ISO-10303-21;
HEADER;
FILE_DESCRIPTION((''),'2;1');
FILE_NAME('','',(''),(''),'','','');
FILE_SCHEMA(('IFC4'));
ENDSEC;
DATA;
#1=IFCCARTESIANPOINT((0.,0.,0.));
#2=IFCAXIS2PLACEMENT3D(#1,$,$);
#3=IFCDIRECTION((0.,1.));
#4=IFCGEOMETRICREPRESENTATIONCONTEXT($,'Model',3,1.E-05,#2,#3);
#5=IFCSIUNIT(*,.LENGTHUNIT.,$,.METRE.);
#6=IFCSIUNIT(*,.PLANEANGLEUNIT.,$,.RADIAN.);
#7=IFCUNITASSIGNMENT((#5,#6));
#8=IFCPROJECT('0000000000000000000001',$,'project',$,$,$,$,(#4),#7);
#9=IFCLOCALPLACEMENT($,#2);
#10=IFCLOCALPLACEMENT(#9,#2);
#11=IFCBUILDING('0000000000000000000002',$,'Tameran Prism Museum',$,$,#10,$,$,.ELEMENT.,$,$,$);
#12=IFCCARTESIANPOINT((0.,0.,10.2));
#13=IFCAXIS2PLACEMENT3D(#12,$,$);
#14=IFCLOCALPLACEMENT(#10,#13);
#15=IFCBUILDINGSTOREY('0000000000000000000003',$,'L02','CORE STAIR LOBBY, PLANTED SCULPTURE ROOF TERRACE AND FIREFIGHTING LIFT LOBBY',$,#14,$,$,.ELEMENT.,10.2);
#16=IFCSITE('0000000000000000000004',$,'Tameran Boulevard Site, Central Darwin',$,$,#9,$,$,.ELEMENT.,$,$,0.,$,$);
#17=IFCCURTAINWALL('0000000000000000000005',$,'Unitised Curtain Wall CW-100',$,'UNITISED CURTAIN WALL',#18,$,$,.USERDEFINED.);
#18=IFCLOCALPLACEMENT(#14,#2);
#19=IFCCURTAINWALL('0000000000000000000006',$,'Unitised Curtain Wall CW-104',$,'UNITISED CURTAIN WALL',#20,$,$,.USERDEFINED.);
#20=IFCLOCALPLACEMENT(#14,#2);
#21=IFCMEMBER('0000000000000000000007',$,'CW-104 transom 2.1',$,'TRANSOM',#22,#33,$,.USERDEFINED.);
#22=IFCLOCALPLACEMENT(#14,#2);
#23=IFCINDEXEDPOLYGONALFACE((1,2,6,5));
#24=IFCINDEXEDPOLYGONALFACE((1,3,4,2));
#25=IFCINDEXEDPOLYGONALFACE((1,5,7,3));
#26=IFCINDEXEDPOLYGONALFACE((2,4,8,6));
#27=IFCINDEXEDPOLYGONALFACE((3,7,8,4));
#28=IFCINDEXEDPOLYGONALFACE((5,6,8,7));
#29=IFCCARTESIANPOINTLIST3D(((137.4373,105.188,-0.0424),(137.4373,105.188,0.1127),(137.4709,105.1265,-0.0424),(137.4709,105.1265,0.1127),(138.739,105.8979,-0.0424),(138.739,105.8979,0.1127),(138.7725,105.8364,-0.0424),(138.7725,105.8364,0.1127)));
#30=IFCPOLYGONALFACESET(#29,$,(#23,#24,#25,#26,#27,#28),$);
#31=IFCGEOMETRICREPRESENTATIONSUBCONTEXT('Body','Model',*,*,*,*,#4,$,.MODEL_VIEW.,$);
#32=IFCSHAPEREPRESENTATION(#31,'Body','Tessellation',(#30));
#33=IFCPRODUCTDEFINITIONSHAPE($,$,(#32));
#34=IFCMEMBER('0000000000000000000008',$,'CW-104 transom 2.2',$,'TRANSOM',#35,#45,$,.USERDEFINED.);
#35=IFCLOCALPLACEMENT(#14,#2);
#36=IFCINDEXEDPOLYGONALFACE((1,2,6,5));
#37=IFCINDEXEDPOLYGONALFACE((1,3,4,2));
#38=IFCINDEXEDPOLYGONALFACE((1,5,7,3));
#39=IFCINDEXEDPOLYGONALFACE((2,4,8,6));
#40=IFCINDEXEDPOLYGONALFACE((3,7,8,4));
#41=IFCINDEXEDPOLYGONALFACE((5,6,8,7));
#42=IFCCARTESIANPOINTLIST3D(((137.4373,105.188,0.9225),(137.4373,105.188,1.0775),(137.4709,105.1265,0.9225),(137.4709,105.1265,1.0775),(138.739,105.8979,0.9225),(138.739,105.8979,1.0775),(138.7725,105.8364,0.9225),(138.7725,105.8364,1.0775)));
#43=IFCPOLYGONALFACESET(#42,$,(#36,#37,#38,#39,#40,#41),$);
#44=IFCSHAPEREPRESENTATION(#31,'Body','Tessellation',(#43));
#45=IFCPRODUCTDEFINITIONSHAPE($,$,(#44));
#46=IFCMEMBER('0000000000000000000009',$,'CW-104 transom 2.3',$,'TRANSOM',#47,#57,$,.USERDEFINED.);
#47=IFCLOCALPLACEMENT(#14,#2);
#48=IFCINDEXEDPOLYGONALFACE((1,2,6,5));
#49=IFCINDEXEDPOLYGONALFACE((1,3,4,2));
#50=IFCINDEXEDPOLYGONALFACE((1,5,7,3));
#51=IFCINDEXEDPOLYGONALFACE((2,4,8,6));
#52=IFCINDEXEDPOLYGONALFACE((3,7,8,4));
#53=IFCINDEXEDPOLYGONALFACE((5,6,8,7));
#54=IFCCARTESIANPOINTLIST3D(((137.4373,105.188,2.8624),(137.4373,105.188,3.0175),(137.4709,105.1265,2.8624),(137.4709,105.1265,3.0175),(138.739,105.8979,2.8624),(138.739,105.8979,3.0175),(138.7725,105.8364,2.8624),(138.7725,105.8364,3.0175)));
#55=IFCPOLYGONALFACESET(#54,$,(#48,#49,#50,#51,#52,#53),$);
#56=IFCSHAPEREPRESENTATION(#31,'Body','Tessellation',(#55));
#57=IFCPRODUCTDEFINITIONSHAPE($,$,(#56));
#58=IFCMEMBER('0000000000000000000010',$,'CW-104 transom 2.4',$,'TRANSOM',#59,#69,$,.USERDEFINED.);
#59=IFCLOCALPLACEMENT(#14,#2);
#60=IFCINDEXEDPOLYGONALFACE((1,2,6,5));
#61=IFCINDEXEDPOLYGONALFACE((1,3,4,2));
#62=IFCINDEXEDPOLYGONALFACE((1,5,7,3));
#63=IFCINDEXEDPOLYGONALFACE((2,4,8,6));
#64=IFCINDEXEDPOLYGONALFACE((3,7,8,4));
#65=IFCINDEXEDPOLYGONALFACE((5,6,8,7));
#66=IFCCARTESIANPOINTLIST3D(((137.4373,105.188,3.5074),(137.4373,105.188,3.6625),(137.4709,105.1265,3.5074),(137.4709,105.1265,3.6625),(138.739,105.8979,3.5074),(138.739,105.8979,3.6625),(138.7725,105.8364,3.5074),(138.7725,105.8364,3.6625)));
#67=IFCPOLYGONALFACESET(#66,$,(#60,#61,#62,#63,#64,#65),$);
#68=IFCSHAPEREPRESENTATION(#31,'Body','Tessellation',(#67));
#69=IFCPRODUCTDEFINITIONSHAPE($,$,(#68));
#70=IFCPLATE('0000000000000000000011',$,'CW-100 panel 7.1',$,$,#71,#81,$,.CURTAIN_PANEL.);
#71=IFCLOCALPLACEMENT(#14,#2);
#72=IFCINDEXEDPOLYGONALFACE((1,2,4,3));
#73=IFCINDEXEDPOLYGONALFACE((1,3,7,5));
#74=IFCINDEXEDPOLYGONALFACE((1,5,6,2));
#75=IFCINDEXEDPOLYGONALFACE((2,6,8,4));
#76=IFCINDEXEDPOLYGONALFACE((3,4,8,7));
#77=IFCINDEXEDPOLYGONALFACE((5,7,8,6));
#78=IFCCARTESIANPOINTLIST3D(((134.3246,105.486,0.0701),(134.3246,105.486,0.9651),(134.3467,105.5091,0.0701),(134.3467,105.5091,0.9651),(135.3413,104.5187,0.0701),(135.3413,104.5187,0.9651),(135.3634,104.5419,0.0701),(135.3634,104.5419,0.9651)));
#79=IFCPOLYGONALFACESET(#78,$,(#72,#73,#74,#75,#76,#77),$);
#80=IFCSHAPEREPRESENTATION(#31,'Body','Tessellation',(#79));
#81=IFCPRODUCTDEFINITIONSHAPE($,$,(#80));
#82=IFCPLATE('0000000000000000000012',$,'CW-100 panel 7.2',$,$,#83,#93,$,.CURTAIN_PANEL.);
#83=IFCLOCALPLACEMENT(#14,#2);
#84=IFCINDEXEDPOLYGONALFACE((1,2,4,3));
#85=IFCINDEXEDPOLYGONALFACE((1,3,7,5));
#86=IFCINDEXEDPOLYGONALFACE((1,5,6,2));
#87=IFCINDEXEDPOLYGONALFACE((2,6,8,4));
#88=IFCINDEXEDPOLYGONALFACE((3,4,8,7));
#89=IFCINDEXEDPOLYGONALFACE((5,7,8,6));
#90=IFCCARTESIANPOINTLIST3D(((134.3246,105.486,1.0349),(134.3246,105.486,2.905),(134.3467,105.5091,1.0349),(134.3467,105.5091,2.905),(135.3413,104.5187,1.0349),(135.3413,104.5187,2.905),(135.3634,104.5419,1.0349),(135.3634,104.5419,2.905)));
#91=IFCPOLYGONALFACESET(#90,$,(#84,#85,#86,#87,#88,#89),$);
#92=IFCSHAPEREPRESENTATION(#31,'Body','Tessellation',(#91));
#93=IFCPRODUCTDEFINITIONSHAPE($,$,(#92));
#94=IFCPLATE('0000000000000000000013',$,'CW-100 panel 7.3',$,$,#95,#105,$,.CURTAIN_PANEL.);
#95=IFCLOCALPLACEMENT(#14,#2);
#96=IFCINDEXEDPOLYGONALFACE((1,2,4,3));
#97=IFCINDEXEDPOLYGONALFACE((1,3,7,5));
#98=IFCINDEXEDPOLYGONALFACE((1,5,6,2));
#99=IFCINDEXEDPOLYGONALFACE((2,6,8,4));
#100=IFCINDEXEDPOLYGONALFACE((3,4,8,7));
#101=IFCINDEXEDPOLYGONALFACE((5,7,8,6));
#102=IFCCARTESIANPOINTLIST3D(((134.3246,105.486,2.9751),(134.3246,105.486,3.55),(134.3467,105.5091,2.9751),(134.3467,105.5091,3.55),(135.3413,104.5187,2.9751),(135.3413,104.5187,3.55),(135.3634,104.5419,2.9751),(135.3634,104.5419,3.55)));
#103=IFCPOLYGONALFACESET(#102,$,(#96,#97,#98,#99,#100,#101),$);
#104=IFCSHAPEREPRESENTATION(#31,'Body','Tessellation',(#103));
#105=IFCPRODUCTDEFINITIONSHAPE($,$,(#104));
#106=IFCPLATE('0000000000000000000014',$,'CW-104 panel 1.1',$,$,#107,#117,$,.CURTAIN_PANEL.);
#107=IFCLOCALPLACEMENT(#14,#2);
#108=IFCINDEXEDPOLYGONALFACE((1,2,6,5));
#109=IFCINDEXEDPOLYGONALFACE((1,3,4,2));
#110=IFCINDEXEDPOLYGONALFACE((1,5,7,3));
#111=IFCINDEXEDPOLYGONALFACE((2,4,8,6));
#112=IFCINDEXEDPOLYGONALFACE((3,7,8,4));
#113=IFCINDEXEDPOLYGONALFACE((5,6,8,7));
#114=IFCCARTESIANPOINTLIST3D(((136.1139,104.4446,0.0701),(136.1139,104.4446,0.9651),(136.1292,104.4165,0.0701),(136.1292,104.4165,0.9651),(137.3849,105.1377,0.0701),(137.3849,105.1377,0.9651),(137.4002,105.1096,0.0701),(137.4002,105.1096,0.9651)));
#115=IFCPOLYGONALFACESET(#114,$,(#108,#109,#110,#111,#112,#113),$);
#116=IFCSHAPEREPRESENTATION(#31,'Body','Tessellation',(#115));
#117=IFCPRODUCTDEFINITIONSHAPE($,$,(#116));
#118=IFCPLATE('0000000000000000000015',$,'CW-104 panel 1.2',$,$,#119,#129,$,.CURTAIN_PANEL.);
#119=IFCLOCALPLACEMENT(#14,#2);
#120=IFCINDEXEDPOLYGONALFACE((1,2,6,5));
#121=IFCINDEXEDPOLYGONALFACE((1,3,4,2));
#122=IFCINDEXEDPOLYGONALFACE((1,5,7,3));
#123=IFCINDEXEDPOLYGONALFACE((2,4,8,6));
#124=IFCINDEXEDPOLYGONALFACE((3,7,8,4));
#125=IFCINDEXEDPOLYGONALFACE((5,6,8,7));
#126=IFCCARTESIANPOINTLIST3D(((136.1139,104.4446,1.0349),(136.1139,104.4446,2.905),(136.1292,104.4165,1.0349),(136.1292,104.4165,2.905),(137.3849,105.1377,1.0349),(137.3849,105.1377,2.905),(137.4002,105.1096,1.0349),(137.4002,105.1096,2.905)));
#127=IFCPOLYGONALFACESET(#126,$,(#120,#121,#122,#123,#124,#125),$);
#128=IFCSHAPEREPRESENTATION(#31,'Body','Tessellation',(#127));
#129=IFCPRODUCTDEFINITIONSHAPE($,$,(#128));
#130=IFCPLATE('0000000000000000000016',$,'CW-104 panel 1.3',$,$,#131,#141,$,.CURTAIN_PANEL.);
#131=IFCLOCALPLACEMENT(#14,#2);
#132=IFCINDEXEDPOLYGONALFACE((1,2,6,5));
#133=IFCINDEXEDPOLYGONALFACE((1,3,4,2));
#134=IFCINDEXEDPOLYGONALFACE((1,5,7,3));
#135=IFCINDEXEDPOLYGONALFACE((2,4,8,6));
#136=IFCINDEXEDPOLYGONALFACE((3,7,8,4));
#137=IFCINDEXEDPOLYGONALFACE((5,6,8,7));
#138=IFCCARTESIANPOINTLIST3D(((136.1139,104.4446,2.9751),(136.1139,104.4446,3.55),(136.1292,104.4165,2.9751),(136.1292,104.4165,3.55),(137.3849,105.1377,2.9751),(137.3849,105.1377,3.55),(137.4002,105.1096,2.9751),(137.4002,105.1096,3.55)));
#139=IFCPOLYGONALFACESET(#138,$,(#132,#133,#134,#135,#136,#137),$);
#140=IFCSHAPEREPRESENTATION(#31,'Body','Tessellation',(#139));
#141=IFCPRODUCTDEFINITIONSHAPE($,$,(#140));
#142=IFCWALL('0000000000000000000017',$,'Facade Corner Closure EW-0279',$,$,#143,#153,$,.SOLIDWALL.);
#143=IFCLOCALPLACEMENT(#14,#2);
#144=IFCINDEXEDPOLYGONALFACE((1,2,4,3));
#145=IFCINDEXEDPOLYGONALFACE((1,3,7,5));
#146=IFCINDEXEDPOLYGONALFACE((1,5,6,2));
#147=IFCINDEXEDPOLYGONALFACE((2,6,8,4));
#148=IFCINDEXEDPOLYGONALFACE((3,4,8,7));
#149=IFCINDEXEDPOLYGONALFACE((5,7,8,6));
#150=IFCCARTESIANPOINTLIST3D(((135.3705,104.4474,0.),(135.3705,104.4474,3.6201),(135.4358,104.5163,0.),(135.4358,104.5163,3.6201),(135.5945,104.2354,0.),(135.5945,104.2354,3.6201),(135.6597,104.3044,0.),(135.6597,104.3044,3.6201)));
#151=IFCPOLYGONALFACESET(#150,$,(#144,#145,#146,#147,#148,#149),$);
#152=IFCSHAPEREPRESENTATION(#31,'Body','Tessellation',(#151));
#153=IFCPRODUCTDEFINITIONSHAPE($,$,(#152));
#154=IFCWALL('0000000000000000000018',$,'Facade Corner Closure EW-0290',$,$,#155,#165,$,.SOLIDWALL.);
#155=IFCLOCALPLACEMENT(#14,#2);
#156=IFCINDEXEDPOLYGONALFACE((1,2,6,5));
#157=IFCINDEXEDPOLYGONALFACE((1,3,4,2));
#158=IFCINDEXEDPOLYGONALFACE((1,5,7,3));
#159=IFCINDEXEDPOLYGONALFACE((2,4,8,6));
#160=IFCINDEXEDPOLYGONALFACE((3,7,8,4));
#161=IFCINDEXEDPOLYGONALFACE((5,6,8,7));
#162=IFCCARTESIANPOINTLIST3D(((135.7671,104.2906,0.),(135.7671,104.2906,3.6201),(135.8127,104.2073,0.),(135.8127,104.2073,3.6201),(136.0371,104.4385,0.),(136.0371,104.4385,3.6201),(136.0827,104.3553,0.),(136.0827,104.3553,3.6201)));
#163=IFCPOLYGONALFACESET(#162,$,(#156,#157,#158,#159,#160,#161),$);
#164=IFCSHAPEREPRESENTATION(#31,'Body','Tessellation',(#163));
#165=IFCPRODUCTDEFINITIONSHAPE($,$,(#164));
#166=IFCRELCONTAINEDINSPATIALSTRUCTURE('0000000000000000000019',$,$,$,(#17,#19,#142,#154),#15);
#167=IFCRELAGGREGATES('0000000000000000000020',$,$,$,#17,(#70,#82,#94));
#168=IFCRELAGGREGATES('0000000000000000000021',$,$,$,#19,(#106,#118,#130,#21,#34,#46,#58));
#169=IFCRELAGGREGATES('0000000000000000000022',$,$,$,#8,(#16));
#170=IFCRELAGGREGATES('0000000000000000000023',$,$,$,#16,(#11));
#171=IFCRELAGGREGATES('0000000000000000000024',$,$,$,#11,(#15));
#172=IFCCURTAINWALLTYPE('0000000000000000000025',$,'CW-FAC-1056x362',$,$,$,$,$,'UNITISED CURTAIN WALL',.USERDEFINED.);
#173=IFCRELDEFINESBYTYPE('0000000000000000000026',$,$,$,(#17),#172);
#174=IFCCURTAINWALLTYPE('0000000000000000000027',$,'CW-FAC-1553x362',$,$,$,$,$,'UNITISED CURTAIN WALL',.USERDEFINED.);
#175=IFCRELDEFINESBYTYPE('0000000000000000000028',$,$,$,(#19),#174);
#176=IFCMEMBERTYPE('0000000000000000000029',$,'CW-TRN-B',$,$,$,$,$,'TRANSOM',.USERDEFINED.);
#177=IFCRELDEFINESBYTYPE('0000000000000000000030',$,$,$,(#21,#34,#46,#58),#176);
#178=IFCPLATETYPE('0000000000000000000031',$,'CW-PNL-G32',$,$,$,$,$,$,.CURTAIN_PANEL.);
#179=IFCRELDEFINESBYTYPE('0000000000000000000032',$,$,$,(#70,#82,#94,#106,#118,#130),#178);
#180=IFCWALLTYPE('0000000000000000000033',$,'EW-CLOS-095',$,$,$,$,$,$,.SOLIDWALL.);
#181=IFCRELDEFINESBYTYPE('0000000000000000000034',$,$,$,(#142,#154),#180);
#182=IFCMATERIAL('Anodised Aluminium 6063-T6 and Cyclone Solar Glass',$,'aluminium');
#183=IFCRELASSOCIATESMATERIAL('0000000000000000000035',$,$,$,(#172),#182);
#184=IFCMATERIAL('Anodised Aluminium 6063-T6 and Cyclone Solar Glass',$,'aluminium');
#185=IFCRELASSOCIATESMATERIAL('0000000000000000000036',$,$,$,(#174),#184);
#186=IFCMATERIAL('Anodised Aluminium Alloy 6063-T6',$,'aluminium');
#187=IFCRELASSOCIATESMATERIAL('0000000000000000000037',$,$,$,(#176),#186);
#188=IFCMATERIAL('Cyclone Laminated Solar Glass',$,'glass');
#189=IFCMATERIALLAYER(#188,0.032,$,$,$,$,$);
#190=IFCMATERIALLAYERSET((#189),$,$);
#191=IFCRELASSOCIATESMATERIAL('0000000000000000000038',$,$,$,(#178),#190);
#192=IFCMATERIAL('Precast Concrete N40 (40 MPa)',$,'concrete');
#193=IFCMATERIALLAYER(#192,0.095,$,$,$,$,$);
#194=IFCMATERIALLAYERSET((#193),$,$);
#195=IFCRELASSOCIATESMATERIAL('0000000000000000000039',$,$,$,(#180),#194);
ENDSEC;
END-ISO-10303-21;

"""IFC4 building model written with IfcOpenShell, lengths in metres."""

from ifc_helpers import new_model, si_unit, direction, frame, frame_2d, origin, origin_2d, place, context, subcontext, project, spatial, rectangle, extrude, material, layer, layer_set, material_profile, profile_set, type_object, element, aggregate, save


model = new_model("IFC4")

# Units and contexts
model_context = context("Model", 3, precision=1e-05, world=origin(), true_north=direction((0.0, 1.0)))
body_context = subcontext(model_context, "Body", "Model", "MODEL_VIEW")
ifc_project = project(units=[si_unit("LENGTHUNIT", "METRE"), si_unit("PLANEANGLEUNIT", "RADIAN")], contexts=[model_context])

# Site, building, storey
site_placement = place(None, origin())
site = spatial("IfcSite", under=ifc_project, at=site_placement, Name="Tameran Boulevard Site, Central Darwin", CompositionType="ELEMENT", RefElevation=0.0)
building_placement = place(site_placement, origin())
building = spatial("IfcBuilding", under=site, at=building_placement, Name="Tameran Prism Museum", CompositionType="ELEMENT")
storey_placement = place(building_placement, frame((0.0, 0.0, 10.2)))
storey = spatial("IfcBuildingStorey", under=building, at=storey_placement, Name="L02", Description="CORE STAIR LOBBY, PLANTED SCULPTURE ROOF TERRACE AND FIREFIGHTING LIFT LOBBY", CompositionType="ELEMENT", Elevation=10.2)

# Curtain wall
ifc_material_1 = material(Name="Anodised Aluminium 6063-T6 and Cyclone Solar Glass", Category="aluminium")
curtain_wall_type_1 = type_object("IfcCurtainWallType", Name="CW-FAC-1056x362", ElementType="UNITISED CURTAIN WALL", PredefinedType="USERDEFINED", material=ifc_material_1)
curtain_wall_1_placement = place(storey_placement, origin())
curtain_wall_1 = element("IfcCurtainWall", 1, at=curtain_wall_1_placement, inside=storey, type_object=curtain_wall_type_1, Name="Unitised Curtain Wall CW-100", ObjectType="UNITISED CURTAIN WALL", PredefinedType="USERDEFINED")

# Curtain wall
ifc_material_2 = material(Name="Anodised Aluminium 6063-T6 and Cyclone Solar Glass", Category="aluminium")
curtain_wall_type_2 = type_object("IfcCurtainWallType", Name="CW-FAC-1553x362", ElementType="UNITISED CURTAIN WALL", PredefinedType="USERDEFINED", material=ifc_material_2)
curtain_wall_2_placement = place(storey_placement, origin())
curtain_wall_2 = element("IfcCurtainWall", 2, at=curtain_wall_2_placement, inside=storey, type_object=curtain_wall_type_2, Name="Unitised Curtain Wall CW-104", ObjectType="UNITISED CURTAIN WALL", PredefinedType="USERDEFINED")

# Members
ifc_material_3 = material(Name="Anodised Aluminium Alloy 6063-T6", Category="aluminium")
ifc_material_profile_1 = material_profile(ifc_material_3, rectangle(XDim=0.0701, YDim=0.155, at=origin_2d()))
ifc_profile_set_1 = profile_set([ifc_material_profile_1])
member_type_1 = type_object("IfcMemberType", Name="CW-TRN-B", ElementType="TRANSOM", PredefinedType="USERDEFINED", material=ifc_profile_set_1)
member_1_placement = place(storey_placement, frame((137.4541, 105.1572, 0.0352), z_axis=(0.877921, 0.478806, 0.0), x_axis=(-0.478806, 0.877921, 0.0)))
member_1 = element("IfcMember", 3, at=member_1_placement, type_object=member_type_1, Name="CW-104 transom 2.1", ObjectType="TRANSOM", PredefinedType="USERDEFINED", context=body_context, shape_type="SweptSolid", body=[
    extrude(rectangle(XDim=0.0701, YDim=0.155, at=origin_2d()), origin(), (0.0, 0.0, 1.0), 1.4827),
])
member_2_placement = place(storey_placement, frame((137.4541, 105.1572, 1.0), z_axis=(0.877921, 0.478806, 0.0), x_axis=(-0.478806, 0.877921, 0.0)))
member_2 = element("IfcMember", 4, at=member_2_placement, type_object=member_type_1, Name="CW-104 transom 2.2", ObjectType="TRANSOM", PredefinedType="USERDEFINED", context=body_context, shape_type="SweptSolid", body=[
    extrude(rectangle(XDim=0.0701, YDim=0.155, at=origin_2d()), origin(), (0.0, 0.0, 1.0), 1.4827),
])
member_3_placement = place(storey_placement, frame((137.4541, 105.1572, 2.9399), z_axis=(0.877921, 0.478806, 0.0), x_axis=(-0.478806, 0.877921, 0.0)))
member_3 = element("IfcMember", 5, at=member_3_placement, type_object=member_type_1, Name="CW-104 transom 2.3", ObjectType="TRANSOM", PredefinedType="USERDEFINED", context=body_context, shape_type="SweptSolid", body=[
    extrude(rectangle(XDim=0.0701, YDim=0.155, at=origin_2d()), origin(), (0.0, 0.0, 1.0), 1.4827),
])
member_4_placement = place(storey_placement, frame((137.4541, 105.1572, 3.585), z_axis=(0.877921, 0.478806, 0.0), x_axis=(-0.478806, 0.877921, 0.0)))
member_4 = element("IfcMember", 6, at=member_4_placement, type_object=member_type_1, Name="CW-104 transom 2.4", ObjectType="TRANSOM", PredefinedType="USERDEFINED", context=body_context, shape_type="SweptSolid", body=[
    extrude(rectangle(XDim=0.0701, YDim=0.155, at=origin_2d()), origin(), (0.0, 0.0, 1.0), 1.4827),
])

# Plates
ifc_material_4 = material(Name="Cyclone Laminated Solar Glass", Category="glass")
ifc_layer_1 = layer(ifc_material_4, 0.032)
ifc_layer_set_1 = layer_set([ifc_layer_1])
plate_type = type_object("IfcPlateType", Name="CW-PNL-G32", PredefinedType="CURTAIN_PANEL", material=ifc_layer_set_1)
plate_1_placement = place(storey_placement, frame((134.844, 105.0139, 0.0701), z_axis=(0.0, 0.0, 1.0), x_axis=(0.724505, -0.68927, 0.0)))
plate_1 = element("IfcPlate", 7, at=plate_1_placement, type_object=plate_type, Name="CW-100 panel 7.1", PredefinedType="CURTAIN_PANEL", context=body_context, shape_type="SweptSolid", body=[
    extrude(rectangle(XDim=1.4033, YDim=0.032, at=origin_2d()), origin(), (0.0, 0.0, 1.0), 0.895),
])
plate_2_placement = place(storey_placement, frame((134.844, 105.0139, 1.0349), z_axis=(0.0, 0.0, 1.0), x_axis=(0.724505, -0.68927, 0.0)))
plate_2 = element("IfcPlate", 8, at=plate_2_placement, type_object=plate_type, Name="CW-100 panel 7.2", PredefinedType="CURTAIN_PANEL", context=body_context, shape_type="SweptSolid", body=[
    extrude(rectangle(XDim=1.4033, YDim=0.032, at=origin_2d()), origin(), (0.0, 0.0, 1.0), 1.8701),
])
plate_3_placement = place(storey_placement, frame((134.844, 105.0139, 2.9751), z_axis=(0.0, 0.0, 1.0), x_axis=(0.724505, -0.68927, 0.0)))
plate_3 = element("IfcPlate", 9, at=plate_3_placement, type_object=plate_type, Name="CW-100 panel 7.3", PredefinedType="CURTAIN_PANEL", context=body_context, shape_type="SweptSolid", body=[
    extrude(rectangle(XDim=1.4033, YDim=0.032, at=origin_2d()), origin(), (0.0, 0.0, 1.0), 0.575),
])
aggregate(curtain_wall_1, [plate_1, plate_2, plate_3])
plate_4_placement = place(storey_placement, frame((136.7571, 104.7771, 0.0701), z_axis=(0.0, 0.0, 1.0), x_axis=(0.877928, 0.478793, 0.0)))
plate_4 = element("IfcPlate", 10, at=plate_4_placement, type_object=plate_type, Name="CW-104 panel 1.1", PredefinedType="CURTAIN_PANEL", context=body_context, shape_type="SweptSolid", body=[
    extrude(rectangle(XDim=1.4478, YDim=0.032, at=origin_2d()), origin(), (0.0, 0.0, 1.0), 0.895),
])
plate_5_placement = place(storey_placement, frame((136.7571, 104.7771, 1.0349), z_axis=(0.0, 0.0, 1.0), x_axis=(0.877928, 0.478793, 0.0)))
plate_5 = element("IfcPlate", 11, at=plate_5_placement, type_object=plate_type, Name="CW-104 panel 1.2", PredefinedType="CURTAIN_PANEL", context=body_context, shape_type="SweptSolid", body=[
    extrude(rectangle(XDim=1.4478, YDim=0.032, at=origin_2d()), origin(), (0.0, 0.0, 1.0), 1.8701),
])
plate_6_placement = place(storey_placement, frame((136.7571, 104.7771, 2.9751), z_axis=(0.0, 0.0, 1.0), x_axis=(0.877928, 0.478793, 0.0)))
plate_6 = element("IfcPlate", 12, at=plate_6_placement, type_object=plate_type, Name="CW-104 panel 1.3", PredefinedType="CURTAIN_PANEL", context=body_context, shape_type="SweptSolid", body=[
    extrude(rectangle(XDim=1.4478, YDim=0.032, at=origin_2d()), origin(), (0.0, 0.0, 1.0), 0.575),
])
aggregate(curtain_wall_2, [plate_4, plate_5, plate_6, member_1, member_2, member_3, member_4])

# Walls
ifc_material_5 = material(Name="Precast Concrete N40 (40 MPa)", Category="concrete")
ifc_layer_2 = layer(ifc_material_5, 0.095)
ifc_layer_set_2 = layer_set([ifc_layer_2])
wall_type = type_object("IfcWallType", Name="EW-CLOS-095", PredefinedType="SOLIDWALL", material=ifc_layer_set_2)
wall_1_placement = place(storey_placement, frame((135.4031, 104.4819, 0.0), z_axis=(0.0, 0.0, 1.0), x_axis=(0.726244, -0.687437, 0.0)))
element("IfcWall", 13, at=wall_1_placement, inside=storey, type_object=wall_type, Name="Facade Corner Closure EW-0279", PredefinedType="SOLIDWALL", context=body_context, shape_type="SweptSolid", body=[
    extrude(rectangle(XDim=0.3083, YDim=0.095, at=frame_2d((0.1543, 0.0))), origin(), (0.0, 0.0, 1.0), 3.6201),
])
wall_2_placement = place(storey_placement, frame((135.79, 104.249, 0.0), z_axis=(0.0, 0.0, 1.0), x_axis=(0.876985, 0.480518, 0.0)))
element("IfcWall", 14, at=wall_2_placement, inside=storey, type_object=wall_type, Name="Facade Corner Closure EW-0290", PredefinedType="SOLIDWALL", context=body_context, shape_type="SweptSolid", body=[
    extrude(rectangle(XDim=0.3079, YDim=0.095, at=frame_2d((0.1538, 0.0))), origin(), (0.0, 0.0, 1.0), 3.6201),
])

save(model, "model.ifc")
